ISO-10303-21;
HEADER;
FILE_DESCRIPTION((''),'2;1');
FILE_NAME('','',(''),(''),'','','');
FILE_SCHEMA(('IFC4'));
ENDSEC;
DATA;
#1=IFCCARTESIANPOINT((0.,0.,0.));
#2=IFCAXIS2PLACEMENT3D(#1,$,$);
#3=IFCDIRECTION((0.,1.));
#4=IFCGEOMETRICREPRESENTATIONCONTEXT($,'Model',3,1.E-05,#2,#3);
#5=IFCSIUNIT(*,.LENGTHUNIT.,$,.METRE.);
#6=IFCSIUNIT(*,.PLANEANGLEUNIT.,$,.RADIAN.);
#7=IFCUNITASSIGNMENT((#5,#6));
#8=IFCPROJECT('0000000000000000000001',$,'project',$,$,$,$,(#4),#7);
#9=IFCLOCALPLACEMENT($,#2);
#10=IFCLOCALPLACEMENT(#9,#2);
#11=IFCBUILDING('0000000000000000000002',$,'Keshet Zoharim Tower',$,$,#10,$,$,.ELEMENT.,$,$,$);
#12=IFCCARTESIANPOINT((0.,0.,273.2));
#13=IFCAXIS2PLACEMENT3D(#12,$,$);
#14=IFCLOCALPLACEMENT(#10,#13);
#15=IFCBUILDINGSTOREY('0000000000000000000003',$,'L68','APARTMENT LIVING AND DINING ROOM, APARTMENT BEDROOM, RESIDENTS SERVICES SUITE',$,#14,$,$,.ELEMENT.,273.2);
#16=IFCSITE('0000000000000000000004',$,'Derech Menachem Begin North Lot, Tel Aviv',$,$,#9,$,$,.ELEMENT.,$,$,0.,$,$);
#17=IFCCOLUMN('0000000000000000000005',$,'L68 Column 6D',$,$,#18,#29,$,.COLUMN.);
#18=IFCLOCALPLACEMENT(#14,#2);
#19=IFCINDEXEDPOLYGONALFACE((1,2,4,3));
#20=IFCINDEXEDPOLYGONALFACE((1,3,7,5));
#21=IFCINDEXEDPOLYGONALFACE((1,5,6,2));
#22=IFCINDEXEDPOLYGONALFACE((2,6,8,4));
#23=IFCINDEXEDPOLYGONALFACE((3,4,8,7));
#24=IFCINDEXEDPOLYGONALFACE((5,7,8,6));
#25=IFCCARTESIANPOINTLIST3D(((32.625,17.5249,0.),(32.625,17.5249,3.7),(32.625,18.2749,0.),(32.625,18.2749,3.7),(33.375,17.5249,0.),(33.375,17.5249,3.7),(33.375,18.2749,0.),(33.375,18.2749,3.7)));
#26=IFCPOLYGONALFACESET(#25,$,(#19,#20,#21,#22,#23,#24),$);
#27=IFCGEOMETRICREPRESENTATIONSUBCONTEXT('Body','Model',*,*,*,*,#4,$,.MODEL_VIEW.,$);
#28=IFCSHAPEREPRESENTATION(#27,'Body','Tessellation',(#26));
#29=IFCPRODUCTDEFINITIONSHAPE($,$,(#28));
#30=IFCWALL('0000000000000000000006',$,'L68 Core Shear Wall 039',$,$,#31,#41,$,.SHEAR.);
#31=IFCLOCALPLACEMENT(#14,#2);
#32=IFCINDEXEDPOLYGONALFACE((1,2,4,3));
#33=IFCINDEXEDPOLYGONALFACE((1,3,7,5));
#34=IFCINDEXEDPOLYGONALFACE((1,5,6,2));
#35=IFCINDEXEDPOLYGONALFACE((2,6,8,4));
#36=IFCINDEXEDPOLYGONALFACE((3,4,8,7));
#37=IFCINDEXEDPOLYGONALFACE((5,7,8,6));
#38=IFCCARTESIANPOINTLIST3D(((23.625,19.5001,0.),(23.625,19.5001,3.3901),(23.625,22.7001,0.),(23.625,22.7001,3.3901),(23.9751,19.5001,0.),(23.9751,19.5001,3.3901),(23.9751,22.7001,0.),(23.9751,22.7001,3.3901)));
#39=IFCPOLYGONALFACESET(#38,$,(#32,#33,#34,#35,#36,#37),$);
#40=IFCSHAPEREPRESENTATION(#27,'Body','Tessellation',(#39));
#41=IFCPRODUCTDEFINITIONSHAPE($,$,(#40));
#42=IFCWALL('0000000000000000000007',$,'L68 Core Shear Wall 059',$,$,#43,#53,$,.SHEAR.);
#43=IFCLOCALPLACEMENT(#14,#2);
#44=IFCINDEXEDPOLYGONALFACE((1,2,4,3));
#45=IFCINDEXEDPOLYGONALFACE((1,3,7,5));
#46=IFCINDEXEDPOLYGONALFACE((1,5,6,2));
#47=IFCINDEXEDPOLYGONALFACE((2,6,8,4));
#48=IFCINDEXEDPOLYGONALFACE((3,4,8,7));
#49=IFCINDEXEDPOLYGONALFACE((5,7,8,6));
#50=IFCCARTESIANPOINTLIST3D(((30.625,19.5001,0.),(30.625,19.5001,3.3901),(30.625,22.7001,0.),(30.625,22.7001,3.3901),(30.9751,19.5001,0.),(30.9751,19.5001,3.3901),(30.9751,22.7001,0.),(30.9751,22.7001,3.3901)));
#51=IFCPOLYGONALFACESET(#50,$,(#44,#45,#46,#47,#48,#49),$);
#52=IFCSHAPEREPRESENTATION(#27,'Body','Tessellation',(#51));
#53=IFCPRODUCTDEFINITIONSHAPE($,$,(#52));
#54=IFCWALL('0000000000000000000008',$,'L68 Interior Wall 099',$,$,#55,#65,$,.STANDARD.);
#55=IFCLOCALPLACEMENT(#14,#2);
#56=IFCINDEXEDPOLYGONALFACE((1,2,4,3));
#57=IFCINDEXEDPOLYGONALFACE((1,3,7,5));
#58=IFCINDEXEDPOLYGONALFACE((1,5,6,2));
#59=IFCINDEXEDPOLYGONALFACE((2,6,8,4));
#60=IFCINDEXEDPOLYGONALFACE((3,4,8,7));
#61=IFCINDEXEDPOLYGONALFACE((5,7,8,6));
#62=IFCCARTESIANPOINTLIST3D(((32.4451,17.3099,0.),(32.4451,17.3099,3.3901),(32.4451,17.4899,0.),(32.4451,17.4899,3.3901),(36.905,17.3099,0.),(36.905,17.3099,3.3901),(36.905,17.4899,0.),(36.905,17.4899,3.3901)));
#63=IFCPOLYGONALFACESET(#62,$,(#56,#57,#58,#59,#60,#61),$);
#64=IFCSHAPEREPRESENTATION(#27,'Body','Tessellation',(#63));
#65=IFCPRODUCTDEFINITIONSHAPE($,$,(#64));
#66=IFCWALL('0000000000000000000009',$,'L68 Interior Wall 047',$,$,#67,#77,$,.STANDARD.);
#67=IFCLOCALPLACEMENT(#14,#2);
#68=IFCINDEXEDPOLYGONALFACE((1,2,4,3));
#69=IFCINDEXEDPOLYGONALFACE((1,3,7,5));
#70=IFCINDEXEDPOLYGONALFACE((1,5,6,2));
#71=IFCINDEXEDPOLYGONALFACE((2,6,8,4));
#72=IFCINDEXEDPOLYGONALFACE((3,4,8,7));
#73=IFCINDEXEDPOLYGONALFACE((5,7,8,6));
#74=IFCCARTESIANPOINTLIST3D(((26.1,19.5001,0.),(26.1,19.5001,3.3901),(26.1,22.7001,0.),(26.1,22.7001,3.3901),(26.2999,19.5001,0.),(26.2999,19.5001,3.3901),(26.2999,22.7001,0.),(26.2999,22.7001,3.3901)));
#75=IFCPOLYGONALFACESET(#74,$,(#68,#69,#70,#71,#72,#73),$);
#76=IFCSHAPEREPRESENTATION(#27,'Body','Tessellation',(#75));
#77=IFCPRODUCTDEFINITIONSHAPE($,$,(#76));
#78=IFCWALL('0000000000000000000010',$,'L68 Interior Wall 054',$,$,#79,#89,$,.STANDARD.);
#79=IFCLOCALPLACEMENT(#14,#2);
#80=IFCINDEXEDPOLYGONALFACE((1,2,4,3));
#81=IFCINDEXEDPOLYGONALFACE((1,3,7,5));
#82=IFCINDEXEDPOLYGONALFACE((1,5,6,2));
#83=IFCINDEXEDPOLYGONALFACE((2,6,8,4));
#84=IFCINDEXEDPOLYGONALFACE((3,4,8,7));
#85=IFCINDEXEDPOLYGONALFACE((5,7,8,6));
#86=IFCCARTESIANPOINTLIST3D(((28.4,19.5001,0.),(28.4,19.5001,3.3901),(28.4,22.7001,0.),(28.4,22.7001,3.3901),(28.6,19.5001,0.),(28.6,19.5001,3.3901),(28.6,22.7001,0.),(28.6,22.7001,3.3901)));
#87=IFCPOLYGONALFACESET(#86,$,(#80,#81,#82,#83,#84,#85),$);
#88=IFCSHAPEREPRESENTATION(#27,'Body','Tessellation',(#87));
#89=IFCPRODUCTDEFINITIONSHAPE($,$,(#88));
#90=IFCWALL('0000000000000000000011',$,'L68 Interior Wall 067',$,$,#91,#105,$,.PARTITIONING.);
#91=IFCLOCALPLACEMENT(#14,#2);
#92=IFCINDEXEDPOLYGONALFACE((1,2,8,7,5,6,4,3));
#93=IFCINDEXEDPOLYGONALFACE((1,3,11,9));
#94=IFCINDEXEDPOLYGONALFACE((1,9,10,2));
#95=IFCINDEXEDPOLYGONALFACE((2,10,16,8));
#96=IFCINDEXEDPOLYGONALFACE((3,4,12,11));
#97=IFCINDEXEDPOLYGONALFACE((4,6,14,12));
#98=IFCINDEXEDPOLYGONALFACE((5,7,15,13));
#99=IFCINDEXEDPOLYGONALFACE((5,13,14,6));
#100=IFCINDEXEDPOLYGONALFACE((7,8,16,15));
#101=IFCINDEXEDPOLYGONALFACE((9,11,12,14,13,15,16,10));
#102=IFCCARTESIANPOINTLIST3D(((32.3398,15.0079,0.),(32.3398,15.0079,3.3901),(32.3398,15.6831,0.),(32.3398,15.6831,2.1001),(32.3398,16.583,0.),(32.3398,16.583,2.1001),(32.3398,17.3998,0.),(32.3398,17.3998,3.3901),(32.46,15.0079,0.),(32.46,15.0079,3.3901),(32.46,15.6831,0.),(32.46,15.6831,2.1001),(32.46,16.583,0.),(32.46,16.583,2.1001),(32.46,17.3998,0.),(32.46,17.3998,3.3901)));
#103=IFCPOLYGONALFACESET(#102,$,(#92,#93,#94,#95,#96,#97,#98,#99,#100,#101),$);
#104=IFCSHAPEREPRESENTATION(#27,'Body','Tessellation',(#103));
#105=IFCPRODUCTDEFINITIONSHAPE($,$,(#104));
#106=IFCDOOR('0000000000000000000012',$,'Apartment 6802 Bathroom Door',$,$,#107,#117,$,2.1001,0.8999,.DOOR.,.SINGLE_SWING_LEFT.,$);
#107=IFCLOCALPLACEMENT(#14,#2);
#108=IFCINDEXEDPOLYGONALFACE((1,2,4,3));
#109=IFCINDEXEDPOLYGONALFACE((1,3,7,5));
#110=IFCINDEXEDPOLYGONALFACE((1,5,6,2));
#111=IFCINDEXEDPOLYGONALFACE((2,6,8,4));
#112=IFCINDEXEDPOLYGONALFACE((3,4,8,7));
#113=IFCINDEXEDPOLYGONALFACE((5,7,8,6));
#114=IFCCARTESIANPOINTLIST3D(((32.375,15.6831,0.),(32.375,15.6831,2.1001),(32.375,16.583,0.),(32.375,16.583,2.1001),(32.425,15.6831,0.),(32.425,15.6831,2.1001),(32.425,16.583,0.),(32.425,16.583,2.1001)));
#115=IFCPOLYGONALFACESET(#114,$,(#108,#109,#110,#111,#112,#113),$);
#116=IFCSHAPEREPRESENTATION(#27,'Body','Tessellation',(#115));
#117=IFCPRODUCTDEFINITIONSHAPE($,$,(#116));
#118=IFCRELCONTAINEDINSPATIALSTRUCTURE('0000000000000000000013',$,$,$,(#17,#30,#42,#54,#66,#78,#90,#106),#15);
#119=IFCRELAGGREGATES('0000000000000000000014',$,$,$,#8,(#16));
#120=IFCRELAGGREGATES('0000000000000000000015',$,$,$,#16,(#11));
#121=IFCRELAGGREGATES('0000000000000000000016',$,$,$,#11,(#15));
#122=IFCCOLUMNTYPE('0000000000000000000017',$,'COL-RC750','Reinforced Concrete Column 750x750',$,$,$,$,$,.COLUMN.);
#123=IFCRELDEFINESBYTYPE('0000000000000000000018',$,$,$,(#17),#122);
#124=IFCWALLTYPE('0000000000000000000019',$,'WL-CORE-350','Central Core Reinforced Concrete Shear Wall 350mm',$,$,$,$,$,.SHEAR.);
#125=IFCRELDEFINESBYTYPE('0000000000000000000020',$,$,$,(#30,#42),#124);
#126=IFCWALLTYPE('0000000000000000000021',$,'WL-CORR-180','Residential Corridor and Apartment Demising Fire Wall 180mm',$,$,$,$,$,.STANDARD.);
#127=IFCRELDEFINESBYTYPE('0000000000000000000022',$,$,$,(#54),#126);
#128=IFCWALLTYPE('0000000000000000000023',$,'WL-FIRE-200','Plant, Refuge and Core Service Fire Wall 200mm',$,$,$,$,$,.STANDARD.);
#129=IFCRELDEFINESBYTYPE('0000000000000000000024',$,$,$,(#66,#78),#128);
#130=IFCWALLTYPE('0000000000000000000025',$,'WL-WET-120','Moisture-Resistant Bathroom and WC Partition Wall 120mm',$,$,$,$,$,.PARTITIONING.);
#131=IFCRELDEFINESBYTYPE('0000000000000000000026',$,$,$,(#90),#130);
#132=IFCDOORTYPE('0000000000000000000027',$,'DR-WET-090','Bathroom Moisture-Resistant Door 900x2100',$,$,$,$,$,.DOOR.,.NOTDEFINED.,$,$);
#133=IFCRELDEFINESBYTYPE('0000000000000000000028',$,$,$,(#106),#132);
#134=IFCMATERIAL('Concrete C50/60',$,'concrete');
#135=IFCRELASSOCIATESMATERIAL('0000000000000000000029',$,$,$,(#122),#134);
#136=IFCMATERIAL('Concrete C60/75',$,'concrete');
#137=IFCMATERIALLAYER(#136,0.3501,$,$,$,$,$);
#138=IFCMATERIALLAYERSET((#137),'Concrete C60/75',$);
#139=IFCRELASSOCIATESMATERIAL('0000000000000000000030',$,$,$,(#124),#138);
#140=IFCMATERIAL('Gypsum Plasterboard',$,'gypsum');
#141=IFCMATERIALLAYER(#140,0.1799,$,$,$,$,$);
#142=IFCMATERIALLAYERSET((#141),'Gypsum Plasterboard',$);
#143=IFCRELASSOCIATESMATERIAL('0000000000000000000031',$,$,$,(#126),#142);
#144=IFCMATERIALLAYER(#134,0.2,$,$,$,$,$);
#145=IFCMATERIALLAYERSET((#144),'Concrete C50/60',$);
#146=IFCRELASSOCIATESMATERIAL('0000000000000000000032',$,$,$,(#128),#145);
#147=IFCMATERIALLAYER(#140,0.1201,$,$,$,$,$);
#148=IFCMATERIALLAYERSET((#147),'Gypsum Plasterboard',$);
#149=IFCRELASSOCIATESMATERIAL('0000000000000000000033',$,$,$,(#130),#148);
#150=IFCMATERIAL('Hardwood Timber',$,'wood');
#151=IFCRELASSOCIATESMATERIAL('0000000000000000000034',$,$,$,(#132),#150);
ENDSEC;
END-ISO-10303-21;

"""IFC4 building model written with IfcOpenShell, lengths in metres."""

from ifc_helpers import new_model, si_unit, direction, frame, frame_2d, origin, origin_2d, place, context, subcontext, project, spatial, rectangle, extrude, material, layer, layer_set, material_profile, profile_set, type_object, element, fill, save


model = new_model("IFC4")

# Units and contexts
model_context = context("Model", 3, precision=1e-05, world=origin(), true_north=direction((0.0, 1.0)))
body_context = subcontext(model_context, "Body", "Model", "MODEL_VIEW")
ifc_project = project(units=[si_unit("LENGTHUNIT", "METRE"), si_unit("PLANEANGLEUNIT", "RADIAN")], contexts=[model_context])

# Site, building, storey
site_placement = place(None, origin())
site = spatial("IfcSite", under=ifc_project, at=site_placement, Name="Derech Menachem Begin North Lot, Tel Aviv", CompositionType="ELEMENT", RefElevation=0.0)
building_placement = place(site_placement, origin())
building = spatial("IfcBuilding", under=site, at=building_placement, Name="Keshet Zoharim Tower", CompositionType="ELEMENT")
storey_placement = place(building_placement, frame((0.0, 0.0, 273.2)))
storey = spatial("IfcBuildingStorey", under=building, at=storey_placement, Name="L68", Description="APARTMENT LIVING AND DINING ROOM, APARTMENT BEDROOM, RESIDENTS SERVICES SUITE", CompositionType="ELEMENT", Elevation=273.2)

# Column
ifc_material_1 = material(Name="Concrete C50/60", Category="concrete")
ifc_material_profile = material_profile(ifc_material_1, rectangle(XDim=0.75, YDim=0.75, at=origin_2d()), Name="RC750x750")
ifc_profile_set = profile_set([ifc_material_profile], Name="Concrete C50/60")
column_type = type_object("IfcColumnType", Name="COL-RC750", Description="Reinforced Concrete Column 750x750", PredefinedType="COLUMN", material=ifc_profile_set)
column_placement = place(storey_placement, frame((33.0, 17.8999, 0.0), z_axis=(0.0, 0.0, 1.0), x_axis=(1.0, 0.0, 0.0)))
element("IfcColumn", 1, at=column_placement, inside=storey, type_object=column_type, Name="L68 Column 6D", PredefinedType="COLUMN", context=body_context, shape_type="SweptSolid", body=[
    extrude(rectangle(XDim=0.75, YDim=0.75, at=origin_2d()), origin(), (0.0, 0.0, 1.0), 3.7),
])

# Shared definitions
ifc_material_2 = material(Name="Gypsum Plasterboard", Category="gypsum")
ifc_material_3 = material(Name="Hardwood Timber", Category="wood")

# Wall
ifc_material_4 = material(Name="Concrete C60/75", Category="concrete")
ifc_layer_1 = layer(ifc_material_4, 0.3501)
ifc_layer_set_1 = layer_set([ifc_layer_1], Name="Concrete C60/75")
wall_type_1 = type_object("IfcWallType", Name="WL-CORE-350", Description="Central Core Reinforced Concrete Shear Wall 350mm", PredefinedType="SHEAR", material=ifc_layer_set_1)
wall_1_placement = place(storey_placement, frame((23.8, 19.5, 0.0), z_axis=(0.0, 0.0, 1.0), x_axis=(0.0, 1.0, 0.0)))
element("IfcWall", 2, at=wall_1_placement, inside=storey, type_object=wall_type_1, Name="L68 Core Shear Wall 039", PredefinedType="SHEAR", context=body_context, shape_type="SweptSolid", body=[
    extrude(rectangle(XDim=3.2, YDim=0.3501, at=frame_2d((1.6001, 0.0))), origin(), (0.0, 0.0, 1.0), 3.3901),
])

# Wall
wall_2_placement = place(storey_placement, frame((30.8, 19.5, 0.0), z_axis=(0.0, 0.0, 1.0), x_axis=(0.0, 1.0, 0.0)))
element("IfcWall", 3, at=wall_2_placement, inside=storey, type_object=wall_type_1, Name="L68 Core Shear Wall 059", PredefinedType="SHEAR", context=body_context, shape_type="SweptSolid", body=[
    extrude(rectangle(XDim=3.2, YDim=0.3501, at=frame_2d((1.6001, 0.0))), origin(), (0.0, 0.0, 1.0), 3.3901),
])

# Shared definitions
ifc_layer_2 = layer(ifc_material_2, 0.1799)
ifc_layer_set_2 = layer_set([ifc_layer_2], Name="Gypsum Plasterboard")
wall_type_2 = type_object("IfcWallType", Name="WL-CORR-180", Description="Residential Corridor and Apartment Demising Fire Wall 180mm", PredefinedType="STANDARD", material=ifc_layer_set_2)

# Walls
wall_3_placement = place(storey_placement, frame((32.4451, 17.3999, 0.0), z_axis=(0.0, 0.0, 1.0), x_axis=(1.0, 0.0, 0.0)))
element("IfcWall", 4, at=wall_3_placement, inside=storey, type_object=wall_type_2, Name="L68 Interior Wall 099", PredefinedType="STANDARD", context=body_context, shape_type="SweptSolid", body=[
    extrude(rectangle(XDim=4.46, YDim=0.1799, at=frame_2d((2.23, 0.0))), origin(), (0.0, 0.0, 1.0), 3.3901),
])
ifc_layer_3 = layer(ifc_material_1, 0.2)
ifc_layer_set_3 = layer_set([ifc_layer_3], Name="Concrete C50/60")
wall_type_3 = type_object("IfcWallType", Name="WL-FIRE-200", Description="Plant, Refuge and Core Service Fire Wall 200mm", PredefinedType="STANDARD", material=ifc_layer_set_3)
for number, where, z_axis, x_axis, name in (
    (5, (26.2, 19.5, 0.0), (0.0, 0.0, 1.0), (0.0, 1.0, 0.0), "L68 Interior Wall 047"),
    (6, (28.5, 19.5, 0.0), (0.0, 0.0, 1.0), (0.0, 1.0, 0.0), "L68 Interior Wall 054"),
):
    element("IfcWall", number, at=place(storey_placement, frame(where, z_axis=z_axis, x_axis=x_axis)), inside=storey, type_object=wall_type_3, Name=name, PredefinedType="STANDARD", context=body_context, shape_type="SweptSolid", body=[
        extrude(rectangle(XDim=3.2, YDim=0.2, at=frame_2d((1.6001, 0.0))), origin(), (0.0, 0.0, 1.0), 3.3901),
    ])

# Wall, opening, door
ifc_layer_4 = layer(ifc_material_2, 0.1201)
ifc_layer_set_4 = layer_set([ifc_layer_4], Name="Gypsum Plasterboard")
wall_type_4 = type_object("IfcWallType", Name="WL-WET-120", Description="Moisture-Resistant Bathroom and WC Partition Wall 120mm", PredefinedType="PARTITIONING", material=ifc_layer_set_4)
wall_4_placement = place(storey_placement, frame((32.3999, 15.0081, 0.0), z_axis=(0.0, 0.0, 1.0), x_axis=(0.0, 1.0, 0.0)))
wall_4 = element("IfcWall", 7, at=wall_4_placement, inside=storey, type_object=wall_type_4, Name="L68 Interior Wall 067", PredefinedType="PARTITIONING", context=body_context, shape_type="SweptSolid", body=[
    extrude(rectangle(XDim=2.3918, YDim=0.1201, at=frame_2d((1.1958, 0.0))), origin(), (0.0, 0.0, 1.0), 3.3901),
])
opening_1_placement = place(wall_4_placement, frame((0.675, 0.0, 0.0)))
opening_1 = element("IfcOpeningElement", 8, at=opening_1_placement, cuts=wall_4, PredefinedType="OPENING", context=body_context, shape_type="SweptSolid", body=[
    extrude(rectangle(XDim=0.8999, YDim=2.1001, at=frame_2d((0.45, 1.05))), frame((0.0, 0.0701, 0.0), z_axis=(0.0, -1.0, 0.0), x_axis=(1.0, 0.0, 0.0)), (0.0, 0.0, 1.0), 0.1401),
])
door_type_1 = type_object("IfcDoorType", Name="DR-WET-090", Description="Bathroom Moisture-Resistant Door 900x2100", OperationType="NOTDEFINED", PredefinedType="DOOR", material=ifc_material_3)
door_1_placement = place(opening_1_placement, origin())
door_1 = element("IfcDoor", 9, at=door_1_placement, inside=storey, type_object=door_type_1, Name="Apartment 6802 Bathroom Door", OperationType="SINGLE_SWING_LEFT", OverallHeight=2.1001, OverallWidth=0.8999, PredefinedType="DOOR", context=body_context, shape_type="SweptSolid", body=[
    extrude(rectangle(XDim=0.8999, YDim=2.1001, at=frame_2d((0.45, 1.05))), frame((0.0, 0.0249, 0.0), z_axis=(0.0, -1.0, 0.0), x_axis=(1.0, 0.0, 0.0)), (0.0, 0.0, 1.0), 0.05),
])
fill(opening_1, door_1)

save(model, "model.ifc")
